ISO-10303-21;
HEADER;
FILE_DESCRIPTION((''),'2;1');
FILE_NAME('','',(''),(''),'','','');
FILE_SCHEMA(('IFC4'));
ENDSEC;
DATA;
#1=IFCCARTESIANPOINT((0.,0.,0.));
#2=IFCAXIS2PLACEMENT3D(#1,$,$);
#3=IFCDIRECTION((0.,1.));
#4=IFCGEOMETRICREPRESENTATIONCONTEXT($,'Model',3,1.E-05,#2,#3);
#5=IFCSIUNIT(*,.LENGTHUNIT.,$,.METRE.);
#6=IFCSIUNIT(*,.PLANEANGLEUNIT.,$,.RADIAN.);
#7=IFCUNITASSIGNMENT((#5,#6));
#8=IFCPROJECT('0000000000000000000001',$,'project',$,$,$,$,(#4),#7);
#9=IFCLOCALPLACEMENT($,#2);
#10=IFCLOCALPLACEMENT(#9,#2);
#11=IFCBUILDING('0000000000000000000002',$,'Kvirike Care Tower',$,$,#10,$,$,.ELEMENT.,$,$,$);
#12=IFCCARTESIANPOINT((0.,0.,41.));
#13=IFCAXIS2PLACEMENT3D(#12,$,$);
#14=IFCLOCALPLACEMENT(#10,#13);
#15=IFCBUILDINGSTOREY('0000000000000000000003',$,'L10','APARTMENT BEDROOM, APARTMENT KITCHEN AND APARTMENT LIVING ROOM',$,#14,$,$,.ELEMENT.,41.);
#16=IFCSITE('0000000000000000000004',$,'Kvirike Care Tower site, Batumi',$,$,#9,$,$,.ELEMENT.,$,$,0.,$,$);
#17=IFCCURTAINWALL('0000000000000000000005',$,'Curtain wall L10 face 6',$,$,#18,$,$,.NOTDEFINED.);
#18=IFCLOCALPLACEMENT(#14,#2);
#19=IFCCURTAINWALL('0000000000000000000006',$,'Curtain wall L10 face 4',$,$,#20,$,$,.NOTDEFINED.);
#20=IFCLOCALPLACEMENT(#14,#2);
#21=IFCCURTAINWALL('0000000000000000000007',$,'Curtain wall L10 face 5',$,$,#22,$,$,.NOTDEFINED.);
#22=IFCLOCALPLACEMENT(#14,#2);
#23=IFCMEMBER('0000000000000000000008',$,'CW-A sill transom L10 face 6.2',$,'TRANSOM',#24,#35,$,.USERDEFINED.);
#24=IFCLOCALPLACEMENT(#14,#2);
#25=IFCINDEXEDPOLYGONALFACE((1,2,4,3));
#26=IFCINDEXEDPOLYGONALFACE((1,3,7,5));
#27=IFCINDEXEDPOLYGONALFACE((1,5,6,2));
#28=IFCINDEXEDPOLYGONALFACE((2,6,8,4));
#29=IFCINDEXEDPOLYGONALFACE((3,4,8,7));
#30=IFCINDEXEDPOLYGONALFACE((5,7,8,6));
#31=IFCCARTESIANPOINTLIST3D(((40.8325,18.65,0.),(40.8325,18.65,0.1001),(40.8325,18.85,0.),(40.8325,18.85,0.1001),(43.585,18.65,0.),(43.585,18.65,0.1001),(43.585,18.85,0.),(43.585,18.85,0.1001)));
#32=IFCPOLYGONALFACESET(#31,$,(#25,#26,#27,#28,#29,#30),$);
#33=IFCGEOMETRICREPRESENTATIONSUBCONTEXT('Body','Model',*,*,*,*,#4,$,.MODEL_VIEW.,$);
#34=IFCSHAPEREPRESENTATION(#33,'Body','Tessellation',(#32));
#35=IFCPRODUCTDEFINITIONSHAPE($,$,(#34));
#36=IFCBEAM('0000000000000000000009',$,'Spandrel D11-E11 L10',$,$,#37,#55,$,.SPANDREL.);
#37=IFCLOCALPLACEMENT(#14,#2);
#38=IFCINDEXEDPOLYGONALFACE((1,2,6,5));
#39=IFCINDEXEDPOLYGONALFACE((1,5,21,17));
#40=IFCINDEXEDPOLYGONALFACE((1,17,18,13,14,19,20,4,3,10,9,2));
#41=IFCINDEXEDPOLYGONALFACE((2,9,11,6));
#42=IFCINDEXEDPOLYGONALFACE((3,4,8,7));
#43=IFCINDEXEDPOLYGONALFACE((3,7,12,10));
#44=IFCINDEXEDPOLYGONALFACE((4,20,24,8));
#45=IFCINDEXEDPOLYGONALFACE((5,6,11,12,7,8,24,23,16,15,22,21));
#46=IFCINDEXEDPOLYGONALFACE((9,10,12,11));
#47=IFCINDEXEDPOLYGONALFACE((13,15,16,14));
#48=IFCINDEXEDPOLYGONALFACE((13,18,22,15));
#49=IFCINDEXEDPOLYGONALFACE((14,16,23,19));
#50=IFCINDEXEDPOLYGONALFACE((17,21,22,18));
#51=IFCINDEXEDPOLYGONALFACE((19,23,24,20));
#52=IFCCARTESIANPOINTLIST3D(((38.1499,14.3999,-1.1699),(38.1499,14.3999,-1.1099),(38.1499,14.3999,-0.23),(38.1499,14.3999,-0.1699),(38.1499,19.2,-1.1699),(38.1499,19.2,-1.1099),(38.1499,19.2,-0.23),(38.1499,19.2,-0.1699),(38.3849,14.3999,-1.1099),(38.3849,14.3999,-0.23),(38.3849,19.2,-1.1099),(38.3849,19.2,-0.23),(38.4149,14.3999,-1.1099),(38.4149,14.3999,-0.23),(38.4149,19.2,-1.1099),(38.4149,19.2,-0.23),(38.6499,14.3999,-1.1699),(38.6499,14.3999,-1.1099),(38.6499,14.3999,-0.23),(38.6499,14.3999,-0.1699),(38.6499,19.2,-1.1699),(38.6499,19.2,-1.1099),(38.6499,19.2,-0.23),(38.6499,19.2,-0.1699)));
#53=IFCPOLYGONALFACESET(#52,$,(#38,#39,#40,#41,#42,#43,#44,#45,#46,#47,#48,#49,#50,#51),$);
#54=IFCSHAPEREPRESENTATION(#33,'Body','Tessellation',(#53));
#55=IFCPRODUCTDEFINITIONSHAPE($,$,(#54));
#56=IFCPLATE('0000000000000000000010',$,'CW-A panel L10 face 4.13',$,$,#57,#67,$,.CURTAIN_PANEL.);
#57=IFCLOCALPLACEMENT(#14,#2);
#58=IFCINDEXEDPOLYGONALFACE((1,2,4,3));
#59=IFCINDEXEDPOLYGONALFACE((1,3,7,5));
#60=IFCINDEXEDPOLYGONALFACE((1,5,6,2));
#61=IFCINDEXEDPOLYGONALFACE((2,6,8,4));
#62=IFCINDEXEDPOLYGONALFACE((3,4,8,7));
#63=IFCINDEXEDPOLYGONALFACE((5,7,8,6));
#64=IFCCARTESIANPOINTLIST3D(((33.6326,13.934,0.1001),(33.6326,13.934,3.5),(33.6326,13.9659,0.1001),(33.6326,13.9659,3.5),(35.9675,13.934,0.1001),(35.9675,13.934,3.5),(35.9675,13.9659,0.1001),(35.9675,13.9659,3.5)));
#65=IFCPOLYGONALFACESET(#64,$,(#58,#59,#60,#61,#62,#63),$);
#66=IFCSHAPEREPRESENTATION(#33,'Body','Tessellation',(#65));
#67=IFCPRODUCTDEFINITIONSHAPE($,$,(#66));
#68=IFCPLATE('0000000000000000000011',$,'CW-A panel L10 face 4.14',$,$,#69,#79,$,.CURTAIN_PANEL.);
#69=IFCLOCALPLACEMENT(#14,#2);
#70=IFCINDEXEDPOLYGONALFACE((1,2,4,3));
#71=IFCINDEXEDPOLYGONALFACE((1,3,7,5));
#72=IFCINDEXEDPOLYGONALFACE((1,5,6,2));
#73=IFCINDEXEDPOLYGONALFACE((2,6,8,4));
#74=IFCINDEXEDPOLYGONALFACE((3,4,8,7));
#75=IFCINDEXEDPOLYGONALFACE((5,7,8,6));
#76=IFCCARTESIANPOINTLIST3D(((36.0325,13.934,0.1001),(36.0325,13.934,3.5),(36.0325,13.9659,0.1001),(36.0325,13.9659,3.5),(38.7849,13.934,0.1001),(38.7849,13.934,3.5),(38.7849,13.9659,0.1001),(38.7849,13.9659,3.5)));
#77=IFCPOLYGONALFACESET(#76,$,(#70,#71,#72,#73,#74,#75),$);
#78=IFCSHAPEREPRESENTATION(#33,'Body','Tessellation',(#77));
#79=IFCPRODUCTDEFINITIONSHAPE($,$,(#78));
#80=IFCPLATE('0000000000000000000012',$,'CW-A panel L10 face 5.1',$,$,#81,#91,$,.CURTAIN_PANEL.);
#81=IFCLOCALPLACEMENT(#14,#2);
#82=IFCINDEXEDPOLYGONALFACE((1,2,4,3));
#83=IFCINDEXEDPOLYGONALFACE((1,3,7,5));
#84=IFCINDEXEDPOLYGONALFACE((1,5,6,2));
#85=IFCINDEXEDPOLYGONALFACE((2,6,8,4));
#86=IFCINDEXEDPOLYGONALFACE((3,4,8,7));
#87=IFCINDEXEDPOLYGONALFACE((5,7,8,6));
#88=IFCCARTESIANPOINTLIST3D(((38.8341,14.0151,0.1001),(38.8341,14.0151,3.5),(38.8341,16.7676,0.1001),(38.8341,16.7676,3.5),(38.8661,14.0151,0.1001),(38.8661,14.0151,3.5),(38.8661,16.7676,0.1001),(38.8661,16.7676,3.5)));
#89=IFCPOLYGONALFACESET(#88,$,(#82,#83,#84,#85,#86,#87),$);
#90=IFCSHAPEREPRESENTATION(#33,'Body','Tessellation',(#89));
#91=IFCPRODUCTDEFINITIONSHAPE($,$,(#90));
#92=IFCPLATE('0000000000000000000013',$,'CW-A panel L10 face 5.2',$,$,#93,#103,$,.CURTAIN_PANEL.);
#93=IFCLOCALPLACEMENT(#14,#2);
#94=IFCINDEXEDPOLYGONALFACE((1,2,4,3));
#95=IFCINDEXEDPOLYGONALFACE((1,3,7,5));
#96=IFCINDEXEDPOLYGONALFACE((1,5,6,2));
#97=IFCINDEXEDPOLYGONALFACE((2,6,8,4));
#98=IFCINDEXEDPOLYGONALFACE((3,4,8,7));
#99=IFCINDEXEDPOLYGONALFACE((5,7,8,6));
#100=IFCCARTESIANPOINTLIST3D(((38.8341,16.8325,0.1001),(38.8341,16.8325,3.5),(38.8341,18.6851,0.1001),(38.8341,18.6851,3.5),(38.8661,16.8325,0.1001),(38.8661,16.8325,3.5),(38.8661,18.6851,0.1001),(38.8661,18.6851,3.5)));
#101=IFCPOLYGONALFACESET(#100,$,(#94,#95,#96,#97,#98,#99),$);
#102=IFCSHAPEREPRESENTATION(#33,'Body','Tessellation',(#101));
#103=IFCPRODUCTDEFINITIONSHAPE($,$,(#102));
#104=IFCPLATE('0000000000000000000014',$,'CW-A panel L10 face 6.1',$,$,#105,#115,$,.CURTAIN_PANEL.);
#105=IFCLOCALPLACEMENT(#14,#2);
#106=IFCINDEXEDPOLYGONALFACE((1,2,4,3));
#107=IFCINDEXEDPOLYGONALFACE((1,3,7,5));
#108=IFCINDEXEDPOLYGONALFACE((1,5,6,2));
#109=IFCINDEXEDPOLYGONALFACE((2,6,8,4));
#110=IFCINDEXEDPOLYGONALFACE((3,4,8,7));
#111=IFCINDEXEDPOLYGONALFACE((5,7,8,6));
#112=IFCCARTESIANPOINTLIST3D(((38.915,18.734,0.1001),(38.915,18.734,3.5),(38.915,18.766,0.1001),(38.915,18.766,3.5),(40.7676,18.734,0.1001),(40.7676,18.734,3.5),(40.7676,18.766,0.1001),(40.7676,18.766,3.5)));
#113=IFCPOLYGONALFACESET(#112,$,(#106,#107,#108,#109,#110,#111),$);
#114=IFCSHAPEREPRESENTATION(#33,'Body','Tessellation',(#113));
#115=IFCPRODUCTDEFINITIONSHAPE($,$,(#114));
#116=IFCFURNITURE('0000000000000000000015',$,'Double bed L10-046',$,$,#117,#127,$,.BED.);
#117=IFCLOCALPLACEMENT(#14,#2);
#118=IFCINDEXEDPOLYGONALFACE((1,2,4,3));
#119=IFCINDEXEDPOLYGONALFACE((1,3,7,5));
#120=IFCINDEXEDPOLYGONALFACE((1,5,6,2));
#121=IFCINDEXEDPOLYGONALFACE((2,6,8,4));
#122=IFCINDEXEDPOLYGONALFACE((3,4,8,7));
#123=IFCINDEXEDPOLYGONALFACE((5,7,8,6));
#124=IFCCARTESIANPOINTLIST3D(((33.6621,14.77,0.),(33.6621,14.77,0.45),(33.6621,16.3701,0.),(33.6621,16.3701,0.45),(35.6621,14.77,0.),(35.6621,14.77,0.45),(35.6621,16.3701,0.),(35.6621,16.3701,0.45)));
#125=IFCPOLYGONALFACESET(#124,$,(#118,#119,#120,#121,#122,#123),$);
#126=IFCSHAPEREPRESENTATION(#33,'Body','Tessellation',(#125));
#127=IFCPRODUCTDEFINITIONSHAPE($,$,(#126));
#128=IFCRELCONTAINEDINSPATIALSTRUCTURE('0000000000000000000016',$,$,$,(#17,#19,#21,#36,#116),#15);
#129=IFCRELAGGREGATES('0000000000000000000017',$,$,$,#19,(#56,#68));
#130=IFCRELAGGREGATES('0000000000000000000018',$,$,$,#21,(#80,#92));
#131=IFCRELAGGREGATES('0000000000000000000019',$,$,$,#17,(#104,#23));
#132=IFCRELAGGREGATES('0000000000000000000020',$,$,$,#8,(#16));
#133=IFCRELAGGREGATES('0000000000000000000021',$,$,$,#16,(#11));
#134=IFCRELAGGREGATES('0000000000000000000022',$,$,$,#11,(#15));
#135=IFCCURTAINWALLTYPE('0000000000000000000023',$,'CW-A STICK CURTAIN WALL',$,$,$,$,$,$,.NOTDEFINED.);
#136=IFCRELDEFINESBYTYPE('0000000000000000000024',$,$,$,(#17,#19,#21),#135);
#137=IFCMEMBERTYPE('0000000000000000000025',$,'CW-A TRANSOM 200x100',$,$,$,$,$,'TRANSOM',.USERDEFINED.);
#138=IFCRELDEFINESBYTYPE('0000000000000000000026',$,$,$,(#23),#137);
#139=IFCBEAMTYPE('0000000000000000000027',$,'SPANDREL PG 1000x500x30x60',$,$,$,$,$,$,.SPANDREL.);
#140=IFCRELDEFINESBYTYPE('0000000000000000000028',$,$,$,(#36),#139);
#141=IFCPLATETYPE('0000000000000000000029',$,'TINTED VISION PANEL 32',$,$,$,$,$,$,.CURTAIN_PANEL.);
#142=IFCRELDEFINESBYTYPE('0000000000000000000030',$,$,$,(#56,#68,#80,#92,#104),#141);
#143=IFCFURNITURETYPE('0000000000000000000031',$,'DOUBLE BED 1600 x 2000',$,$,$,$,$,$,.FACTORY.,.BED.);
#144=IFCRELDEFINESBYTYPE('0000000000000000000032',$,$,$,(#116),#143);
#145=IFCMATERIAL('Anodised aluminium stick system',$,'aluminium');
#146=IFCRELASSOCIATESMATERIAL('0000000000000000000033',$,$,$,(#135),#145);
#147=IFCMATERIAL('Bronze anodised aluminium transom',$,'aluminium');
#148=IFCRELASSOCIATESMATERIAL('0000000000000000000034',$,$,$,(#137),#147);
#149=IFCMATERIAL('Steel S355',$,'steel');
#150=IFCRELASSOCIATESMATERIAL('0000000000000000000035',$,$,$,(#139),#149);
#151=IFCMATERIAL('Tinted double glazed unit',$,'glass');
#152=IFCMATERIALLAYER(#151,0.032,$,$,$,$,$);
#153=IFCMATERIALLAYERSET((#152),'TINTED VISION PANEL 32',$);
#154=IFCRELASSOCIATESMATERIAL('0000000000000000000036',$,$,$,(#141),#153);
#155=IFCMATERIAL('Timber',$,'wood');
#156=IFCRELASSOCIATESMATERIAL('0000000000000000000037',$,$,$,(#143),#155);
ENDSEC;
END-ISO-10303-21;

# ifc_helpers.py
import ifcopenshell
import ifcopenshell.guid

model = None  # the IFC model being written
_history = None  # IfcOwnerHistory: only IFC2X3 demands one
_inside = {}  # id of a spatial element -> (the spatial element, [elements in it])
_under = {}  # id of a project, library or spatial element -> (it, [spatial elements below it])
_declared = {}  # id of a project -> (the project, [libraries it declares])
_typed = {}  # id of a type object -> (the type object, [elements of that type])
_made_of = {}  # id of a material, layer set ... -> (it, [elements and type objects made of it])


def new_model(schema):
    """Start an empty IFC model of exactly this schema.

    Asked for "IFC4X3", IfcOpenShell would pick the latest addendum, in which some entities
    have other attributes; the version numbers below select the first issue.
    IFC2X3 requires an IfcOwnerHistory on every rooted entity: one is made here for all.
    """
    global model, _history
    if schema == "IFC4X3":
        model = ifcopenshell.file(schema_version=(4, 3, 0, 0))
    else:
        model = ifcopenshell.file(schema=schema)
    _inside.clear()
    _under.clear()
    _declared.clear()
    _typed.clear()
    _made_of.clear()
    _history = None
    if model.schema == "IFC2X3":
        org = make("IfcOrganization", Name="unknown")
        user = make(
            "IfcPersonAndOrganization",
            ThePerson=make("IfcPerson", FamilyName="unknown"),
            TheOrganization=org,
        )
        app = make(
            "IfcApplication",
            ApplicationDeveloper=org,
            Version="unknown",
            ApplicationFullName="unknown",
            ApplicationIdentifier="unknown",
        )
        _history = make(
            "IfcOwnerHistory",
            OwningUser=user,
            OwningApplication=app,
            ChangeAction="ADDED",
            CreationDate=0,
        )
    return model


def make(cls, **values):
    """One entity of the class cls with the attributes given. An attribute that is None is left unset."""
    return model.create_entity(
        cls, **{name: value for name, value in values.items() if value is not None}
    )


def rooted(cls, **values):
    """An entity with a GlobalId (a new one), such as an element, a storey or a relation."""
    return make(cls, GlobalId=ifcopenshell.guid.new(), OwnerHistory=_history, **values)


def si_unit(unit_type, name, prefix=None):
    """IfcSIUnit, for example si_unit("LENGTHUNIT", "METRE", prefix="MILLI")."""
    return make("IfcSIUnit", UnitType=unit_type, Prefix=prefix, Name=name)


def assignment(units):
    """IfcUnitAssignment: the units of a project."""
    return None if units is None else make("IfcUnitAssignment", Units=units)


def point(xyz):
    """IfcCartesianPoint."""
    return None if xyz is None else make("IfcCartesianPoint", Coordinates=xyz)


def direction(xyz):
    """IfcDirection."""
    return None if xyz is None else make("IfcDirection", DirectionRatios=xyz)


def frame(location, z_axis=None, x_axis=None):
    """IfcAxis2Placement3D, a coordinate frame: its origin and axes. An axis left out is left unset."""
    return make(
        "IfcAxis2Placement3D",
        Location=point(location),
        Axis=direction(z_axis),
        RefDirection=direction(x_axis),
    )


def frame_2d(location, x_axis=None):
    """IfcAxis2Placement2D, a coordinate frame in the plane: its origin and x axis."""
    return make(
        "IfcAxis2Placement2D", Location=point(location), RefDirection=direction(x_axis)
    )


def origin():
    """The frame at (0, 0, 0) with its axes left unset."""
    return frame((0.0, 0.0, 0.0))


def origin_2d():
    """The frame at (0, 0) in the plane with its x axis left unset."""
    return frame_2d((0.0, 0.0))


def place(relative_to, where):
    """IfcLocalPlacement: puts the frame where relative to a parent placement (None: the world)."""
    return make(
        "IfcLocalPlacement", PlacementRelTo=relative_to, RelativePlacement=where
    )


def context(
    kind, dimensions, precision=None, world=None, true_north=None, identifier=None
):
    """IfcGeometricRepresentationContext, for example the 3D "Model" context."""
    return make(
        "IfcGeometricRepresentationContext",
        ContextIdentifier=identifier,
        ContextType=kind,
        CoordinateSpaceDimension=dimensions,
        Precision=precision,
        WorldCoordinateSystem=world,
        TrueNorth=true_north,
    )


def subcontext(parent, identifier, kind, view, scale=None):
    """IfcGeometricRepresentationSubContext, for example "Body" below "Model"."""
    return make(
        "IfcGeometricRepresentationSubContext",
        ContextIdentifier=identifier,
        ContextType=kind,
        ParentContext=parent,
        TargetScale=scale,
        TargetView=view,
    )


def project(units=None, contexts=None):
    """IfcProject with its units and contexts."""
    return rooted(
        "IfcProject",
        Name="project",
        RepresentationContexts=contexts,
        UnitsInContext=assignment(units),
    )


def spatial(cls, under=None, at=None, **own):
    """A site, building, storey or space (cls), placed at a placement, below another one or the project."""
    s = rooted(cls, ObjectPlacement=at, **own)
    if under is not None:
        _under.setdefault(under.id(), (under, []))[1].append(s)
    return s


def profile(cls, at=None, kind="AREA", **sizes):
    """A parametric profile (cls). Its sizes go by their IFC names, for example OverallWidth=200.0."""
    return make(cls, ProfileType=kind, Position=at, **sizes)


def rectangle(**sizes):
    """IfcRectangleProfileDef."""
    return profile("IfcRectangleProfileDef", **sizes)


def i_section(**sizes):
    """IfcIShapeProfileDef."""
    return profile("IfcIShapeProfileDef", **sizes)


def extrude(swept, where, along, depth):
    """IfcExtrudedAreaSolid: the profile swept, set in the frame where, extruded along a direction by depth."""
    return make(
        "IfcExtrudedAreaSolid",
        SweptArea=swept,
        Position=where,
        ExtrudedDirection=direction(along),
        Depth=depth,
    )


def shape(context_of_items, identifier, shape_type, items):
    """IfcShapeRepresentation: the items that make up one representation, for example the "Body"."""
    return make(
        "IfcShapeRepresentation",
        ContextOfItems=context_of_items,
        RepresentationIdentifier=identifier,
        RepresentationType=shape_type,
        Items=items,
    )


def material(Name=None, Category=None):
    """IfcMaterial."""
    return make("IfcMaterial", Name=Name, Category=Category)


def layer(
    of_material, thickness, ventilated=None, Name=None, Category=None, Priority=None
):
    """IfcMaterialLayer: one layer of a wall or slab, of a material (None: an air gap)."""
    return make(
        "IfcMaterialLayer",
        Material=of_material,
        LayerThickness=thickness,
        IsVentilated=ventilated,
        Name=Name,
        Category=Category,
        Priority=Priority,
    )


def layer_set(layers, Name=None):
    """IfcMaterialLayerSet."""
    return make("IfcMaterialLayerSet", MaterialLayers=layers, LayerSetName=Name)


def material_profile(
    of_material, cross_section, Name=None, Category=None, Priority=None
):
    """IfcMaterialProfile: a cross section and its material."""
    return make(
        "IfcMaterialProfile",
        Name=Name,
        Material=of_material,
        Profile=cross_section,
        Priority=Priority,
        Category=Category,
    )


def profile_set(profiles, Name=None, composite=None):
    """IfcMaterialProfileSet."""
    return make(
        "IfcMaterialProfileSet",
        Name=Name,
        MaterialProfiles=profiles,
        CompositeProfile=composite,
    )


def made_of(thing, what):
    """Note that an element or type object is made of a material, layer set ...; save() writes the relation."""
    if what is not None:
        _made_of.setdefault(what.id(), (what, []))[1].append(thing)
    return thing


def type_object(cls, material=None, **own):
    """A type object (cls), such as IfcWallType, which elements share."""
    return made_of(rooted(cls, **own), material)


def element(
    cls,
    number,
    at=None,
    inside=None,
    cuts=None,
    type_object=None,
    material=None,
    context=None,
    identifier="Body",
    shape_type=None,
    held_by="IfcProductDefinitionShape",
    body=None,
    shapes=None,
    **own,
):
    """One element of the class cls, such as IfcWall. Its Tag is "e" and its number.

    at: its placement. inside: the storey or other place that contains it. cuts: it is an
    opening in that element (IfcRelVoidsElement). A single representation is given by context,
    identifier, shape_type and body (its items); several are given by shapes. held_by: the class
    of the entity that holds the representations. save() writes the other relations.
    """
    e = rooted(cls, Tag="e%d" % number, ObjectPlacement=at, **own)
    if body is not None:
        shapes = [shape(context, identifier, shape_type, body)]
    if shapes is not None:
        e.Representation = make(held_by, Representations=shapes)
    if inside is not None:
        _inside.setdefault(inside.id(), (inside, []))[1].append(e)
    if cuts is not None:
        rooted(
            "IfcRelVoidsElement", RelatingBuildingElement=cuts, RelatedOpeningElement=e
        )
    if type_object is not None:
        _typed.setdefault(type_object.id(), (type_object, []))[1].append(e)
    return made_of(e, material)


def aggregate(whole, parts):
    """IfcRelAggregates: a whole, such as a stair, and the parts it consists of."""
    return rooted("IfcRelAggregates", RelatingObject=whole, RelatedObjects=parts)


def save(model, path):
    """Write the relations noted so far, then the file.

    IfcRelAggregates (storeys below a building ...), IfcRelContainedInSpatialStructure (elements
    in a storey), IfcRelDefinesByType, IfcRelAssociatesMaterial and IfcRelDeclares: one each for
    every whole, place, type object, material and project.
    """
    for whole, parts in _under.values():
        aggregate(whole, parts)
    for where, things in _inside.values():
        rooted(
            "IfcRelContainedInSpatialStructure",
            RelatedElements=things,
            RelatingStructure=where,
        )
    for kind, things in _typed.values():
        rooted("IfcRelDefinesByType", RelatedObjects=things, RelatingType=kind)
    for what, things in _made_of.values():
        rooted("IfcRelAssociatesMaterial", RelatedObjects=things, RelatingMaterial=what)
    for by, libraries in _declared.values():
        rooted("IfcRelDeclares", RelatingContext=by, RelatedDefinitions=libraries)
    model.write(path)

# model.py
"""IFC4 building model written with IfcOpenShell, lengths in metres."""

from ifc_helpers import new_model, si_unit, direction, frame, origin, origin_2d, place, context, subcontext, project, spatial, rectangle, i_section, extrude, material, layer, layer_set, material_profile, profile_set, type_object, element, aggregate, save


model = new_model("IFC4")

# Units and contexts
model_context = context("Model", 3, precision=1e-05, world=origin(), true_north=direction((0.0, 1.0)))
body_context = subcontext(model_context, "Body", "Model", "MODEL_VIEW")
ifc_project = project(units=[si_unit("LENGTHUNIT", "METRE"), si_unit("PLANEANGLEUNIT", "RADIAN")], contexts=[model_context])

# Site, building, storey
site_placement = place(None, origin())
site = spatial("IfcSite", under=ifc_project, at=site_placement, Name="Kvirike Care Tower site, Batumi", CompositionType="ELEMENT", RefElevation=0.0)
building_placement = place(site_placement, origin())
building = spatial("IfcBuilding", under=site, at=building_placement, Name="Kvirike Care Tower", CompositionType="ELEMENT")
storey_placement = place(building_placement, frame((0.0, 0.0, 41.0)))
storey = spatial("IfcBuildingStorey", under=building, at=storey_placement, Name="L10", Description="APARTMENT BEDROOM, APARTMENT KITCHEN AND APARTMENT LIVING ROOM", CompositionType="ELEMENT", Elevation=41.0)

# Curtain wall
ifc_material_1 = material(Name="Anodised aluminium stick system", Category="aluminium")
curtain_wall_type = type_object("IfcCurtainWallType", Name="CW-A STICK CURTAIN WALL", PredefinedType="NOTDEFINED", material=ifc_material_1)
curtain_wall_1_placement = place(storey_placement, origin())
curtain_wall_1 = element("IfcCurtainWall", 1, at=curtain_wall_1_placement, inside=storey, type_object=curtain_wall_type, Name="Curtain wall L10 face 6", PredefinedType="NOTDEFINED")

# Curtain walls
curtain_wall_2_placement = place(storey_placement, origin())
curtain_wall_2 = element("IfcCurtainWall", 2, at=curtain_wall_2_placement, inside=storey, type_object=curtain_wall_type, Name="Curtain wall L10 face 4", PredefinedType="NOTDEFINED")
curtain_wall_3_placement = place(storey_placement, origin())
curtain_wall_3 = element("IfcCurtainWall", 3, at=curtain_wall_3_placement, inside=storey, type_object=curtain_wall_type, Name="Curtain wall L10 face 5", PredefinedType="NOTDEFINED")

# Member
ifc_material_2 = material(Name="Bronze anodised aluminium transom", Category="aluminium")
ifc_material_profile_1 = material_profile(ifc_material_2, rectangle(XDim=0.2, YDim=0.1001, at=origin_2d()), Name="CW-A TRANSOM 200x100")
ifc_profile_set_1 = profile_set([ifc_material_profile_1], Name="Bronze anodised aluminium transom")
member_type_1 = type_object("IfcMemberType", Name="CW-A TRANSOM 200x100", ElementType="TRANSOM", PredefinedType="USERDEFINED", material=ifc_profile_set_1)
member_1_placement = place(storey_placement, frame((40.8325, 18.75, 0.05), z_axis=(1.0, 0.0, 0.0), x_axis=(0.0, 1.0, 0.0)))
member_1 = element("IfcMember", 4, at=member_1_placement, type_object=member_type_1, Name="CW-A sill transom L10 face 6.2", ObjectType="TRANSOM", PredefinedType="USERDEFINED", context=body_context, shape_type="SweptSolid", body=[
    extrude(rectangle(XDim=0.2, YDim=0.1001, at=origin_2d()), origin(), (0.0, 0.0, 1.0), 2.7524),
])

# Beam
ifc_material_3 = material(Name="Steel S355", Category="steel")
ifc_material_profile_2 = material_profile(ifc_material_3, i_section(OverallWidth=0.5, OverallDepth=1.0, WebThickness=0.03, FlangeThickness=0.0601, at=origin_2d()), Name="PG 1000x500x30x60")
ifc_profile_set_2 = profile_set([ifc_material_profile_2], Name="Steel S355")
beam_type = type_object("IfcBeamType", Name="SPANDREL PG 1000x500x30x60", PredefinedType="SPANDREL", material=ifc_profile_set_2)
beam_placement = place(storey_placement, frame((38.3999, 14.3999, -0.6699), z_axis=(0.0, 1.0, 0.0), x_axis=(-1.0, 0.0, 0.0)))
element("IfcBeam", 5, at=beam_placement, inside=storey, type_object=beam_type, Name="Spandrel D11-E11 L10", PredefinedType="SPANDREL", context=body_context, shape_type="SweptSolid", body=[
    extrude(i_section(OverallWidth=0.5, OverallDepth=1.0, WebThickness=0.03, FlangeThickness=0.0601, at=origin_2d()), origin(), (0.0, 0.0, 1.0), 4.8),
])

# Plates
ifc_material_4 = material(Name="Tinted double glazed unit", Category="glass")
ifc_layer = layer(ifc_material_4, 0.032)
ifc_layer_set = layer_set([ifc_layer], Name="TINTED VISION PANEL 32")
plate_type = type_object("IfcPlateType", Name="TINTED VISION PANEL 32", PredefinedType="CURTAIN_PANEL", material=ifc_layer_set)
plate_1_placement = place(storey_placement, frame((34.8, 13.95, 0.1001), z_axis=(0.0, 0.0, 1.0), x_axis=(1.0, 0.0, 0.0)))
plate_1 = element("IfcPlate", 6, at=plate_1_placement, type_object=plate_type, Name="CW-A panel L10 face 4.13", PredefinedType="CURTAIN_PANEL", context=body_context, shape_type="SweptSolid", body=[
    extrude(rectangle(XDim=2.335, YDim=0.032, at=origin_2d()), origin(), (0.0, 0.0, 1.0), 3.3999),
])
plate_2_placement = place(storey_placement, frame((37.4087, 13.95, 0.1001), z_axis=(0.0, 0.0, 1.0), x_axis=(1.0, 0.0, 0.0)))
plate_2 = element("IfcPlate", 7, at=plate_2_placement, type_object=plate_type, Name="CW-A panel L10 face 4.14", PredefinedType="CURTAIN_PANEL", context=body_context, shape_type="SweptSolid", body=[
    extrude(rectangle(XDim=2.7524, YDim=0.032, at=origin_2d()), origin(), (0.0, 0.0, 1.0), 3.3999),
])
aggregate(curtain_wall_2, [plate_1, plate_2])
plate_3_placement = place(storey_placement, frame((38.8501, 15.3914, 0.1001), z_axis=(0.0, 0.0, 1.0), x_axis=(0.0, 1.0, 0.0)))
plate_3 = element("IfcPlate", 8, at=plate_3_placement, type_object=plate_type, Name="CW-A panel L10 face 5.1", PredefinedType="CURTAIN_PANEL", context=body_context, shape_type="SweptSolid", body=[
    extrude(rectangle(XDim=2.7524, YDim=0.032, at=origin_2d()), origin(), (0.0, 0.0, 1.0), 3.3999),
])
plate_4_placement = place(storey_placement, frame((38.8501, 17.7588, 0.1001), z_axis=(0.0, 0.0, 1.0), x_axis=(0.0, 1.0, 0.0)))
plate_4 = element("IfcPlate", 9, at=plate_4_placement, type_object=plate_type, Name="CW-A panel L10 face 5.2", PredefinedType="CURTAIN_PANEL", context=body_context, shape_type="SweptSolid", body=[
    extrude(rectangle(XDim=1.8525, YDim=0.032, at=origin_2d()), origin(), (0.0, 0.0, 1.0), 3.3999),
])
aggregate(curtain_wall_3, [plate_3, plate_4])
plate_5_placement = place(storey_placement, frame((39.8413, 18.75, 0.1001), z_axis=(0.0, 0.0, 1.0), x_axis=(1.0, 0.0, 0.0)))
plate_5 = element("IfcPlate", 10, at=plate_5_placement, type_object=plate_type, Name="CW-A panel L10 face 6.1", PredefinedType="CURTAIN_PANEL", context=body_context, shape_type="SweptSolid", body=[
    extrude(rectangle(XDim=1.8525, YDim=0.032, at=origin_2d()), origin(), (0.0, 0.0, 1.0), 3.3999),
])
aggregate(curtain_wall_1, [plate_5, member_1])

# Furniture
ifc_material_5 = material(Name="Timber", Category="wood")
furniture_type = type_object("IfcFurnitureType", Name="DOUBLE BED 1600 x 2000", AssemblyPlace="FACTORY", PredefinedType="BED", material=ifc_material_5)
furniture_placement = place(storey_placement, frame((34.6621, 15.5701, 0.0), z_axis=(0.0, 0.0, 1.0), x_axis=(0.0, 1.0, 0.0)))
element("IfcFurniture", 11, at=furniture_placement, inside=storey, type_object=furniture_type, Name="Double bed L10-046", PredefinedType="BED", context=body_context, shape_type="SweptSolid", body=[
    extrude(rectangle(XDim=1.6001, YDim=2.0, at=origin_2d()), origin(), (0.0, 0.0, 1.0), 0.45),
])

save(model, "model.ifc")
